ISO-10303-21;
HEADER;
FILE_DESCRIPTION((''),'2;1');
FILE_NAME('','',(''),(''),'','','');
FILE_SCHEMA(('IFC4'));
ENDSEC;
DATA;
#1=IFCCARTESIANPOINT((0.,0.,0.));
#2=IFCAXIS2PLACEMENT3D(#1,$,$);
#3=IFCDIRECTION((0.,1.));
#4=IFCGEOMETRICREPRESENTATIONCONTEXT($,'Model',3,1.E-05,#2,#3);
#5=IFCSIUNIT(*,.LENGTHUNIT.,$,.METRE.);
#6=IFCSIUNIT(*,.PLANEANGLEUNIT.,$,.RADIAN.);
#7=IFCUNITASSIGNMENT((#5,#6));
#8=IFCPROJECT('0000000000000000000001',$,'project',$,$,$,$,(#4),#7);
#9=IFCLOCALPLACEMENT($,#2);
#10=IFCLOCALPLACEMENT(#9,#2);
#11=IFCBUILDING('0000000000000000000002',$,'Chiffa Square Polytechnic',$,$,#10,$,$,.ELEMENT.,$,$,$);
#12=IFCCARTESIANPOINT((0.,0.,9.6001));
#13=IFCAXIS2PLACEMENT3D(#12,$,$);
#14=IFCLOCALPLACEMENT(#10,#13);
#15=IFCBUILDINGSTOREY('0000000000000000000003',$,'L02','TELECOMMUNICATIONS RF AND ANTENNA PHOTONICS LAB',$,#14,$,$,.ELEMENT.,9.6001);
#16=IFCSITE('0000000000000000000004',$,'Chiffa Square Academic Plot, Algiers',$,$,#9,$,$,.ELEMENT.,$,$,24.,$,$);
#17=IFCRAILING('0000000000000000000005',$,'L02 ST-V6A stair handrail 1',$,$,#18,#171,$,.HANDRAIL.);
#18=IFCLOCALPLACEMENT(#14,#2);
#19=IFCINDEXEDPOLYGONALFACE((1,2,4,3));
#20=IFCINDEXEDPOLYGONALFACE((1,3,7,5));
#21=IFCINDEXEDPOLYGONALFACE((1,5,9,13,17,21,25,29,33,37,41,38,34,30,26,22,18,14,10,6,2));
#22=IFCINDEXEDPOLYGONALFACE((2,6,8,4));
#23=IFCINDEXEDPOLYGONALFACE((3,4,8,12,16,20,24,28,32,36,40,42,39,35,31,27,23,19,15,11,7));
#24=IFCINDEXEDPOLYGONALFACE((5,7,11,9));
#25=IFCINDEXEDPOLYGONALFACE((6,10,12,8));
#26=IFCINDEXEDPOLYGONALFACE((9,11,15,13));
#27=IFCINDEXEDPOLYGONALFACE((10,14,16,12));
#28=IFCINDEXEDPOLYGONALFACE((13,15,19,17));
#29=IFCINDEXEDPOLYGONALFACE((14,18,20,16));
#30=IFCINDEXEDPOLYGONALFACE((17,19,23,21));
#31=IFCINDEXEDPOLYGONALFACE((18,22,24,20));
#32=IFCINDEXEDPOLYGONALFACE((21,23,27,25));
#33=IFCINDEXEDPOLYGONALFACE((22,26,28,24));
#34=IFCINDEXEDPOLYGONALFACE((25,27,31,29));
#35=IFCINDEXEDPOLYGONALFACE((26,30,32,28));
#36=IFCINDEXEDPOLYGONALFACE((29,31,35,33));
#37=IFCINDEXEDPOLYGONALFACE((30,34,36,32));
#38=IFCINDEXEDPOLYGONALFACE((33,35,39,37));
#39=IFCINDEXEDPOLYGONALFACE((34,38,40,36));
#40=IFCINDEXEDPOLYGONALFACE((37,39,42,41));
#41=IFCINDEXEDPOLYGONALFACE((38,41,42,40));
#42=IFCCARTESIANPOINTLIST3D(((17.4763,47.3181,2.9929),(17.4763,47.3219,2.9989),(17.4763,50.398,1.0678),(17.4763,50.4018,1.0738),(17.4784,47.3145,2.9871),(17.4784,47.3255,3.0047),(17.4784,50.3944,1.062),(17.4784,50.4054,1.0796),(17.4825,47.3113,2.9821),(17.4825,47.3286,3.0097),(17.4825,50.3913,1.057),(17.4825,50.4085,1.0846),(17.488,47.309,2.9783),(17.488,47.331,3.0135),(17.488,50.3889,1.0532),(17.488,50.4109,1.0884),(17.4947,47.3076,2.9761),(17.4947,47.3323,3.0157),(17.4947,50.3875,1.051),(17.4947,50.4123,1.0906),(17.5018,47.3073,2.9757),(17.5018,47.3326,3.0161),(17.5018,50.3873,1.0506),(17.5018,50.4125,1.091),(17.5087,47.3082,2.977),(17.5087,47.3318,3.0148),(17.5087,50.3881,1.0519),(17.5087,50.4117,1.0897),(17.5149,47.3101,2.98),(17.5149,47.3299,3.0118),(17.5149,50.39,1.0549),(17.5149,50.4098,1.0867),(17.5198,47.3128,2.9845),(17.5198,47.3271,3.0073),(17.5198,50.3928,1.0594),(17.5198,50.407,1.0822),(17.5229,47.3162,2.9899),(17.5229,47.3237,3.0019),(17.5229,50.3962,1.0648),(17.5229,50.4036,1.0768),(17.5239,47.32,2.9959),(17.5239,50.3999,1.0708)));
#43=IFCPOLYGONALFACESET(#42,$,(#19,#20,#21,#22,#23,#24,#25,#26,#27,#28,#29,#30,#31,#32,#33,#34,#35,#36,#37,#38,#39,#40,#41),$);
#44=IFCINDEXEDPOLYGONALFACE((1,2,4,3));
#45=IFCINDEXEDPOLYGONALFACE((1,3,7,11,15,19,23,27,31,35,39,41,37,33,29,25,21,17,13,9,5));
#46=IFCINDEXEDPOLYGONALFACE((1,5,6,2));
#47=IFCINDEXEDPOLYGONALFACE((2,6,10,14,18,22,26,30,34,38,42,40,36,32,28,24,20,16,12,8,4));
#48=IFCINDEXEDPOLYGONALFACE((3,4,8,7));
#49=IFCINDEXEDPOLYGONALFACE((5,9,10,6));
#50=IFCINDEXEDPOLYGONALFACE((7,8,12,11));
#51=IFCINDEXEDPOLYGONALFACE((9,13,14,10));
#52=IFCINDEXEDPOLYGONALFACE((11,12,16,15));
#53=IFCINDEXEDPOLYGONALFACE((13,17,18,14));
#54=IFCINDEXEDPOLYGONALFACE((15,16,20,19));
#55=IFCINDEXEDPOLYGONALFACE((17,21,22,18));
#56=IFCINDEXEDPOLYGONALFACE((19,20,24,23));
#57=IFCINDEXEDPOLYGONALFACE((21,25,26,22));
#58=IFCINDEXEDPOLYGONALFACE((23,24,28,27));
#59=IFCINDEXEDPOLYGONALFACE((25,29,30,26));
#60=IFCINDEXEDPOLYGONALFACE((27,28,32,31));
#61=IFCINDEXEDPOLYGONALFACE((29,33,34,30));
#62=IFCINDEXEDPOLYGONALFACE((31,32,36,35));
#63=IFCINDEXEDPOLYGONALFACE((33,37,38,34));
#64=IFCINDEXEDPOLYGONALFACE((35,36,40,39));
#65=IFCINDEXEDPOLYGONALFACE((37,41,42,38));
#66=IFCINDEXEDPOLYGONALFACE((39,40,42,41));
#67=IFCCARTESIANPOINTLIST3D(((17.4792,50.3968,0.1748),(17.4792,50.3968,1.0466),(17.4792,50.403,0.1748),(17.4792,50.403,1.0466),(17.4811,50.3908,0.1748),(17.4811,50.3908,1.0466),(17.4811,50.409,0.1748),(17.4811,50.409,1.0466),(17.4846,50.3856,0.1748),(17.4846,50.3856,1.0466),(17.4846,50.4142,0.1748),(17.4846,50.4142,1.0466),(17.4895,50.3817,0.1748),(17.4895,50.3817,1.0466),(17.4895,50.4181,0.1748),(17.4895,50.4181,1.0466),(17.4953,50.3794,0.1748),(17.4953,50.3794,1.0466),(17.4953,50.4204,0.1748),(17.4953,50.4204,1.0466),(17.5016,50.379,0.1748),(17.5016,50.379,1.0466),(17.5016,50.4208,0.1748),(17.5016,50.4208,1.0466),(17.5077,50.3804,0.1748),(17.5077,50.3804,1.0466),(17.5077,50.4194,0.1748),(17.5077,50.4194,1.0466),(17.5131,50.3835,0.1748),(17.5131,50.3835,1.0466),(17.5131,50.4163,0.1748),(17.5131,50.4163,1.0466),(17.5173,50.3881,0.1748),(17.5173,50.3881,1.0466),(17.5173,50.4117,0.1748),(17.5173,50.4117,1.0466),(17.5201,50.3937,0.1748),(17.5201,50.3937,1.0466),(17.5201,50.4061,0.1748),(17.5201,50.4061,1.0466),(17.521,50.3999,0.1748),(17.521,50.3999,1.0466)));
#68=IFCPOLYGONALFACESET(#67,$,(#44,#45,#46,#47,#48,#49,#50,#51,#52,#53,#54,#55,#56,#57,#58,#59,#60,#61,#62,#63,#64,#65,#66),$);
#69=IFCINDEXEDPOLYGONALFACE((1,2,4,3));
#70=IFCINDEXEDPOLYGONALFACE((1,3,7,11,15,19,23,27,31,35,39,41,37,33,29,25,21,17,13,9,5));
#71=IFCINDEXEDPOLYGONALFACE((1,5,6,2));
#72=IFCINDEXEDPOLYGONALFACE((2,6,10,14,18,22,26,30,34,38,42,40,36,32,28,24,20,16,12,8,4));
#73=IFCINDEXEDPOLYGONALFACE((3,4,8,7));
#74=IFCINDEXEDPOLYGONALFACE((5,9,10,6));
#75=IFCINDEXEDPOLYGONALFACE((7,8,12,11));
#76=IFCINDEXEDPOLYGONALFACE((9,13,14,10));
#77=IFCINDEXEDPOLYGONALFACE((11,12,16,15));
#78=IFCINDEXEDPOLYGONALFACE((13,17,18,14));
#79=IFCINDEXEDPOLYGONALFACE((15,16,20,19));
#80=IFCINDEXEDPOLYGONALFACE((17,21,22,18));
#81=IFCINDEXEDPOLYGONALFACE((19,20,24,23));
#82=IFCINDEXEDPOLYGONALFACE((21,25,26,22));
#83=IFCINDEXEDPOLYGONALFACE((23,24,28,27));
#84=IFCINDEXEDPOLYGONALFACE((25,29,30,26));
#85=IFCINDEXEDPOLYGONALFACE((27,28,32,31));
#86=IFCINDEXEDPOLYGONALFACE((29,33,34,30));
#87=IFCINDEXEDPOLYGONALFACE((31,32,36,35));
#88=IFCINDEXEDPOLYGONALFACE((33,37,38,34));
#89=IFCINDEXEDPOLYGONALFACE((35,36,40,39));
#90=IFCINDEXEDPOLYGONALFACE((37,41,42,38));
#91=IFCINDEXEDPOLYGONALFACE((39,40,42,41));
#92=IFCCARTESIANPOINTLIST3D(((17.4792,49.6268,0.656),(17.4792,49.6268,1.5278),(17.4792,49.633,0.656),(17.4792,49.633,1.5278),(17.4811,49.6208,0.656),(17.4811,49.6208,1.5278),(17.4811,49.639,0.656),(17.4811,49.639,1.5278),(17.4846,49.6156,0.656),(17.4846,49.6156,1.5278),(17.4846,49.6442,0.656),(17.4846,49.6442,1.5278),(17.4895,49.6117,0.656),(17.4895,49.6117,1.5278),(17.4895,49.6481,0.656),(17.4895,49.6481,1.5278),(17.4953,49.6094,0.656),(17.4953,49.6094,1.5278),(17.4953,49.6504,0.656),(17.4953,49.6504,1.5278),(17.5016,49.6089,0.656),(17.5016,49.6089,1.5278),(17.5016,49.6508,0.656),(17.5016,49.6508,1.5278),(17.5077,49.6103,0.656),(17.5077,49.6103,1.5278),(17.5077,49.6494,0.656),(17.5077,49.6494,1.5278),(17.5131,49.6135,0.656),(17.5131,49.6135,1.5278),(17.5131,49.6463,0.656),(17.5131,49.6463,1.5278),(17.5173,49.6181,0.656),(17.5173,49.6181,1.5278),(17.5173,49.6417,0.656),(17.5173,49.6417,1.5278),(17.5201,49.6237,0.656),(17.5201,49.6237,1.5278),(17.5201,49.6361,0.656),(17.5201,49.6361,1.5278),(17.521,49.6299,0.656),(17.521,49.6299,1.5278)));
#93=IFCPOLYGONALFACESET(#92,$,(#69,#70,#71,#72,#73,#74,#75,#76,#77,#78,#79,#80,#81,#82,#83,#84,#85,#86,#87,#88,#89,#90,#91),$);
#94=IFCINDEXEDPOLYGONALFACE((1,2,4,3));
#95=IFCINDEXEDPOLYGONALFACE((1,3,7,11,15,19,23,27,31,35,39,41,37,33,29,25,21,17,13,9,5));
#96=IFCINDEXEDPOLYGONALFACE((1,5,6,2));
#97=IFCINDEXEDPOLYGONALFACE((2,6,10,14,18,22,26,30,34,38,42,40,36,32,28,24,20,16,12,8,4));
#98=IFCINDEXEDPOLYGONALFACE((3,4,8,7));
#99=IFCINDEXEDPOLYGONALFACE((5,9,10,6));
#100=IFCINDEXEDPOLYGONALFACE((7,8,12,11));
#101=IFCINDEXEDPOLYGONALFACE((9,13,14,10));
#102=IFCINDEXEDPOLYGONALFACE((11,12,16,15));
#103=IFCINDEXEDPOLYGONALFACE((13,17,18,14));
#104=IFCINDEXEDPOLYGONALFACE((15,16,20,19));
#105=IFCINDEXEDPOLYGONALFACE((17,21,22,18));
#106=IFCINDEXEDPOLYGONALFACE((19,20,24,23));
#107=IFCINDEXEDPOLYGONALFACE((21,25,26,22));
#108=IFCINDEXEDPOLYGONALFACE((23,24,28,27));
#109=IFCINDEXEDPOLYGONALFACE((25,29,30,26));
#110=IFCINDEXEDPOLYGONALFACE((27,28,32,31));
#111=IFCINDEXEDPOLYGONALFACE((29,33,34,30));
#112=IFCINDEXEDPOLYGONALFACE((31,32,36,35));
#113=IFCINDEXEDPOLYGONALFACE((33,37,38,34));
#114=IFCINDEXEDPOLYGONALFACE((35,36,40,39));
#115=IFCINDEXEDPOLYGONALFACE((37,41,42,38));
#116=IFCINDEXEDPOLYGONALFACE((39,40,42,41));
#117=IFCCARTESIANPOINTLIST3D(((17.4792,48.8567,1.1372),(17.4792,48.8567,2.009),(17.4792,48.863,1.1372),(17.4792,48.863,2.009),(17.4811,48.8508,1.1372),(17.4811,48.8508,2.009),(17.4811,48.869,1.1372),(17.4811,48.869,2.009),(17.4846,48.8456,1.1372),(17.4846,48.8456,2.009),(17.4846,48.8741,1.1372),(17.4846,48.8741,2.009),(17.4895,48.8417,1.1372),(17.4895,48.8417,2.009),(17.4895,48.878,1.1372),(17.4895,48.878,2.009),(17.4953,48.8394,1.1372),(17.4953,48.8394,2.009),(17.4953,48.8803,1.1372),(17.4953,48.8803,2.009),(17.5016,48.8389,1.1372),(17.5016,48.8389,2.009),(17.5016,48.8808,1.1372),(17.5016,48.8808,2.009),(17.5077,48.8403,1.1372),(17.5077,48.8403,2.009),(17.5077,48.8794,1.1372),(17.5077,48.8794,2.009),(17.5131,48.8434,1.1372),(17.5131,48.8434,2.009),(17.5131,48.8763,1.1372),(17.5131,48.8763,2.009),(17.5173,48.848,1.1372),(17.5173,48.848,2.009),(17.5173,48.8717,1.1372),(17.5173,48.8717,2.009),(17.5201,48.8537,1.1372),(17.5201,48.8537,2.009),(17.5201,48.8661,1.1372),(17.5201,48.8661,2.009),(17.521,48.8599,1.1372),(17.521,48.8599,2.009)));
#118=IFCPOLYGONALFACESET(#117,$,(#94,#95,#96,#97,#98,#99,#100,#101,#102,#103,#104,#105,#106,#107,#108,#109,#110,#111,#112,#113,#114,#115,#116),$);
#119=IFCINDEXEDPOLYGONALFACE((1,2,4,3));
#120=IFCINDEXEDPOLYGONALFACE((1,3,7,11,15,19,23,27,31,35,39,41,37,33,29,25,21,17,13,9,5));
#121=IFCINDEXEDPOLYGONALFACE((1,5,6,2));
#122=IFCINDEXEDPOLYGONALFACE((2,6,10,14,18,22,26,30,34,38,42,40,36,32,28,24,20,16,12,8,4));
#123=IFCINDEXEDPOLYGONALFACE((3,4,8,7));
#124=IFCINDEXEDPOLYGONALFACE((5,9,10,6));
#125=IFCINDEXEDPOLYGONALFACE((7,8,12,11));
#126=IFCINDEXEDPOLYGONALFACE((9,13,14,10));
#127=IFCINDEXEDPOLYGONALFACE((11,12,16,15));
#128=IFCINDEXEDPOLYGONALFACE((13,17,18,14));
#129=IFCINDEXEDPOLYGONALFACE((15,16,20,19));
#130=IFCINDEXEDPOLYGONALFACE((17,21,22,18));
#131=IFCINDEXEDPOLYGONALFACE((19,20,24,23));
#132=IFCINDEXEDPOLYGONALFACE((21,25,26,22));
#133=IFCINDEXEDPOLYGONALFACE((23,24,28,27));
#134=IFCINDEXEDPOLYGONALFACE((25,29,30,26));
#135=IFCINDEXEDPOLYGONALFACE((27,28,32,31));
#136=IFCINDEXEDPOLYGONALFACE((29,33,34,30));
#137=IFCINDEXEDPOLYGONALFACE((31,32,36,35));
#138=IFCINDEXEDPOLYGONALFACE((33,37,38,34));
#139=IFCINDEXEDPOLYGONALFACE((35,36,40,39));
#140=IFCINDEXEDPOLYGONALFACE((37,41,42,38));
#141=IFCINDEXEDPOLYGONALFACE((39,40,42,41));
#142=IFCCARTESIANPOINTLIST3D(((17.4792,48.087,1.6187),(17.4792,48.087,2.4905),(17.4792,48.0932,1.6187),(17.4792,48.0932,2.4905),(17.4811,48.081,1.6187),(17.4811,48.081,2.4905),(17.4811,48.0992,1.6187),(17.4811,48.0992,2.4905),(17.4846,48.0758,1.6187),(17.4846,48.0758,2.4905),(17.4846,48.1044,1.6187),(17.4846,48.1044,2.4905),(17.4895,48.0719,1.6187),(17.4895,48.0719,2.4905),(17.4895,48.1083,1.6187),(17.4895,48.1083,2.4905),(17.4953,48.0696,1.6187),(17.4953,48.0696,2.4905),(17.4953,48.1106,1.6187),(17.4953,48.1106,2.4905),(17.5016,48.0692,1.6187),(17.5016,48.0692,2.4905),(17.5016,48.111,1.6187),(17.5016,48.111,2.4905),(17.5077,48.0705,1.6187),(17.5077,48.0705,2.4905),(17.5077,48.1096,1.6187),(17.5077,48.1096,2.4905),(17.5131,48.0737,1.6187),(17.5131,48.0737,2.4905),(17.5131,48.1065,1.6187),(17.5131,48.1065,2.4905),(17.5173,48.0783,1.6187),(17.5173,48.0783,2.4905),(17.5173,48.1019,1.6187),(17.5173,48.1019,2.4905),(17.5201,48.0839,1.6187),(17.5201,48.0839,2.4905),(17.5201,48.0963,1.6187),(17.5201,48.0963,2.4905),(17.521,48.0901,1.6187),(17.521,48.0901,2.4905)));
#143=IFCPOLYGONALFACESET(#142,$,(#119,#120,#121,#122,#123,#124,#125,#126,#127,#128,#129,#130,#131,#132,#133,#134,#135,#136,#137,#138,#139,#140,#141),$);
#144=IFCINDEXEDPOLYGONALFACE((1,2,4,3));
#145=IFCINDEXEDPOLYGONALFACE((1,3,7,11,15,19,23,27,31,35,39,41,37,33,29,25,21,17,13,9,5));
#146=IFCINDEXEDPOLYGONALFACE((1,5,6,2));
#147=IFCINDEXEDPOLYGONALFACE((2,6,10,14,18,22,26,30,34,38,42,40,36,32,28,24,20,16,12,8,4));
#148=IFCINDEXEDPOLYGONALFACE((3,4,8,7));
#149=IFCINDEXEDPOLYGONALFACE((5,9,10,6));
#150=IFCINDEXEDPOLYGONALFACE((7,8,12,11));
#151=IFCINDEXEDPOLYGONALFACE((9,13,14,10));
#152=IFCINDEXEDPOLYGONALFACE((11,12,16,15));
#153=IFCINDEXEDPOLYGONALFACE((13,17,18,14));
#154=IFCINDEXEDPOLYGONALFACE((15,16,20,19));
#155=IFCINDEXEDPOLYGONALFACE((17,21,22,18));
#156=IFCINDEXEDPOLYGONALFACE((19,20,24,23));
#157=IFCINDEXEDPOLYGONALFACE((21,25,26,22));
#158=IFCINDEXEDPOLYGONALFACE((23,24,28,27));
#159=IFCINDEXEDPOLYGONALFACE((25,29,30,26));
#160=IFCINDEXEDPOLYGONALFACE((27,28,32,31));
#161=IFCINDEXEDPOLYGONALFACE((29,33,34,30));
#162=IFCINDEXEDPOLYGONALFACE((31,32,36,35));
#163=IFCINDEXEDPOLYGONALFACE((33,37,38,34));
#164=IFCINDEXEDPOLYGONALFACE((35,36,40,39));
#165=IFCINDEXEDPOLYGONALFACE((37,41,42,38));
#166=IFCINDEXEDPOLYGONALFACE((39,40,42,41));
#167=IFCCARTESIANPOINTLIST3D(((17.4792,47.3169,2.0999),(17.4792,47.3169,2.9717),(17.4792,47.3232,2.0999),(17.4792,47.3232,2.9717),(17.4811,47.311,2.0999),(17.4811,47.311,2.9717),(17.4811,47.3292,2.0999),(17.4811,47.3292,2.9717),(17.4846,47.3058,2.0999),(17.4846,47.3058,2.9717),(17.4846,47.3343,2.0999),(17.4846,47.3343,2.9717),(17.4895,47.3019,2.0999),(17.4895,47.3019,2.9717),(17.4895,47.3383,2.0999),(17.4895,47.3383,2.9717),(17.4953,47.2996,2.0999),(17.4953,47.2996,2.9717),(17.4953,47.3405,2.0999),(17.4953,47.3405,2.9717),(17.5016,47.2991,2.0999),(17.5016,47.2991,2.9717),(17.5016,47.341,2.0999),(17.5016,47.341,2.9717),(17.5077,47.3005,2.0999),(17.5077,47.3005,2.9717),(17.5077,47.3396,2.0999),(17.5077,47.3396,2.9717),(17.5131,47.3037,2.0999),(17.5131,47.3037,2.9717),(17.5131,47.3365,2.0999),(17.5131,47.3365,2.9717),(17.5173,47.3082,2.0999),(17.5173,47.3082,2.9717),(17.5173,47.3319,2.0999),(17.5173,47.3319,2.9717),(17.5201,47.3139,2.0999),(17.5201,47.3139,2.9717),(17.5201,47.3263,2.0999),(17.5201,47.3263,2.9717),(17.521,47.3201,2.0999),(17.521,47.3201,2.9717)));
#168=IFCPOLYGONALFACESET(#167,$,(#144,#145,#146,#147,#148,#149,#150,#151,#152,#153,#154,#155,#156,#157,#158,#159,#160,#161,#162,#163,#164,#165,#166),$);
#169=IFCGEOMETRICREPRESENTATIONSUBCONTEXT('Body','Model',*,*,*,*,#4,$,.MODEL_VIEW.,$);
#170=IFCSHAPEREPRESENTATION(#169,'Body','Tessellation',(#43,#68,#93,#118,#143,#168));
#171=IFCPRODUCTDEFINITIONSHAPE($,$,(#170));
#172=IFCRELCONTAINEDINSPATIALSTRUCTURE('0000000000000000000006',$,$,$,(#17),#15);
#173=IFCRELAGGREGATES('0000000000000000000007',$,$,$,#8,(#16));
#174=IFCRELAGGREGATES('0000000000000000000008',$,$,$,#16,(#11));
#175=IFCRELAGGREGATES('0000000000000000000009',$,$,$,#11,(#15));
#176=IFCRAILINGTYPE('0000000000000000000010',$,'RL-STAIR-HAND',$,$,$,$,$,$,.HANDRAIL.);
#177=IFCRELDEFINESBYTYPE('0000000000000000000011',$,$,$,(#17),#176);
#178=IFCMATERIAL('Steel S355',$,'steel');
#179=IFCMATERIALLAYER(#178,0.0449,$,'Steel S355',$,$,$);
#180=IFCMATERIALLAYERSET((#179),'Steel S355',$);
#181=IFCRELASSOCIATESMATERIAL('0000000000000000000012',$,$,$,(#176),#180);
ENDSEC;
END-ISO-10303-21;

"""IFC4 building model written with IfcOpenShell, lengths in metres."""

from ifc_helpers import new_model, si_unit, direction, frame, origin, origin_2d, place, context, subcontext, project, spatial, circle, extrude, material, layer, layer_set, type_object, element, save


model = new_model("IFC4")

# Units and contexts
model_context = context("Model", 3, precision=1e-05, world=origin(), true_north=direction((0.0, 1.0)))
body_context = subcontext(model_context, "Body", "Model", "MODEL_VIEW")
ifc_project = project(units=[si_unit("LENGTHUNIT", "METRE"), si_unit("PLANEANGLEUNIT", "RADIAN")], contexts=[model_context])

# Site, building, storey
site_placement = place(None, origin())
site = spatial("IfcSite", under=ifc_project, at=site_placement, Name="Chiffa Square Academic Plot, Algiers", CompositionType="ELEMENT", RefElevation=24.0)
building_placement = place(site_placement, origin())
building = spatial("IfcBuilding", under=site, at=building_placement, Name="Chiffa Square Polytechnic", CompositionType="ELEMENT")
storey_placement = place(building_placement, frame((0.0, 0.0, 9.6001)))
storey = spatial("IfcBuildingStorey", under=building, at=storey_placement, Name="L02", Description="TELECOMMUNICATIONS RF AND ANTENNA PHOTONICS LAB", CompositionType="ELEMENT", Elevation=9.6001)

# Railing
ifc_material_1 = material(Name="Steel S355", Category="steel")
ifc_layer_1 = layer(ifc_material_1, 0.0449, Name="Steel S355")
ifc_layer_set_1 = layer_set([ifc_layer_1], Name="Steel S355")
railing_type_1 = type_object("IfcRailingType", Name="RL-STAIR-HAND", PredefinedType="HANDRAIL", material=ifc_layer_set_1)
railing_1_placement = place(storey_placement, frame((17.5, 50.3999, 0.1748)))
element("IfcRailing", 1, at=railing_1_placement, inside=storey, type_object=railing_type_1, Name="L02 ST-V6A stair handrail 1", PredefinedType="HANDRAIL", context=body_context, shape_type="SweptSolid", body=[
    extrude(circle(Radius=0.0239, at=origin_2d()), frame((0.0, 0.0, 0.896), z_axis=(0.0, -0.847979, 0.530029), x_axis=(1.0, 0.0, 0.0)), (0.0, 0.0, 1.0), 3.6321),
    extrude(circle(Radius=0.021, at=origin_2d()), origin(), (0.0, 0.0, 1.0), 0.8718),
    extrude(circle(Radius=0.021, at=origin_2d()), frame((0.0, -0.77, 0.4812)), (0.0, 0.0, 1.0), 0.8718),
    extrude(circle(Radius=0.021, at=origin_2d()), frame((0.0, -1.54, 0.9624)), (0.0, 0.0, 1.0), 0.8718),
    extrude(circle(Radius=0.021, at=origin_2d()), frame((0.0, -2.3098, 1.4438)), (0.0, 0.0, 1.0), 0.8718),
    extrude(circle(Radius=0.021, at=origin_2d()), frame((0.0, -3.0798, 1.925)), (0.0, 0.0, 1.0), 0.8718),
])

save(model, "model.ifc")
